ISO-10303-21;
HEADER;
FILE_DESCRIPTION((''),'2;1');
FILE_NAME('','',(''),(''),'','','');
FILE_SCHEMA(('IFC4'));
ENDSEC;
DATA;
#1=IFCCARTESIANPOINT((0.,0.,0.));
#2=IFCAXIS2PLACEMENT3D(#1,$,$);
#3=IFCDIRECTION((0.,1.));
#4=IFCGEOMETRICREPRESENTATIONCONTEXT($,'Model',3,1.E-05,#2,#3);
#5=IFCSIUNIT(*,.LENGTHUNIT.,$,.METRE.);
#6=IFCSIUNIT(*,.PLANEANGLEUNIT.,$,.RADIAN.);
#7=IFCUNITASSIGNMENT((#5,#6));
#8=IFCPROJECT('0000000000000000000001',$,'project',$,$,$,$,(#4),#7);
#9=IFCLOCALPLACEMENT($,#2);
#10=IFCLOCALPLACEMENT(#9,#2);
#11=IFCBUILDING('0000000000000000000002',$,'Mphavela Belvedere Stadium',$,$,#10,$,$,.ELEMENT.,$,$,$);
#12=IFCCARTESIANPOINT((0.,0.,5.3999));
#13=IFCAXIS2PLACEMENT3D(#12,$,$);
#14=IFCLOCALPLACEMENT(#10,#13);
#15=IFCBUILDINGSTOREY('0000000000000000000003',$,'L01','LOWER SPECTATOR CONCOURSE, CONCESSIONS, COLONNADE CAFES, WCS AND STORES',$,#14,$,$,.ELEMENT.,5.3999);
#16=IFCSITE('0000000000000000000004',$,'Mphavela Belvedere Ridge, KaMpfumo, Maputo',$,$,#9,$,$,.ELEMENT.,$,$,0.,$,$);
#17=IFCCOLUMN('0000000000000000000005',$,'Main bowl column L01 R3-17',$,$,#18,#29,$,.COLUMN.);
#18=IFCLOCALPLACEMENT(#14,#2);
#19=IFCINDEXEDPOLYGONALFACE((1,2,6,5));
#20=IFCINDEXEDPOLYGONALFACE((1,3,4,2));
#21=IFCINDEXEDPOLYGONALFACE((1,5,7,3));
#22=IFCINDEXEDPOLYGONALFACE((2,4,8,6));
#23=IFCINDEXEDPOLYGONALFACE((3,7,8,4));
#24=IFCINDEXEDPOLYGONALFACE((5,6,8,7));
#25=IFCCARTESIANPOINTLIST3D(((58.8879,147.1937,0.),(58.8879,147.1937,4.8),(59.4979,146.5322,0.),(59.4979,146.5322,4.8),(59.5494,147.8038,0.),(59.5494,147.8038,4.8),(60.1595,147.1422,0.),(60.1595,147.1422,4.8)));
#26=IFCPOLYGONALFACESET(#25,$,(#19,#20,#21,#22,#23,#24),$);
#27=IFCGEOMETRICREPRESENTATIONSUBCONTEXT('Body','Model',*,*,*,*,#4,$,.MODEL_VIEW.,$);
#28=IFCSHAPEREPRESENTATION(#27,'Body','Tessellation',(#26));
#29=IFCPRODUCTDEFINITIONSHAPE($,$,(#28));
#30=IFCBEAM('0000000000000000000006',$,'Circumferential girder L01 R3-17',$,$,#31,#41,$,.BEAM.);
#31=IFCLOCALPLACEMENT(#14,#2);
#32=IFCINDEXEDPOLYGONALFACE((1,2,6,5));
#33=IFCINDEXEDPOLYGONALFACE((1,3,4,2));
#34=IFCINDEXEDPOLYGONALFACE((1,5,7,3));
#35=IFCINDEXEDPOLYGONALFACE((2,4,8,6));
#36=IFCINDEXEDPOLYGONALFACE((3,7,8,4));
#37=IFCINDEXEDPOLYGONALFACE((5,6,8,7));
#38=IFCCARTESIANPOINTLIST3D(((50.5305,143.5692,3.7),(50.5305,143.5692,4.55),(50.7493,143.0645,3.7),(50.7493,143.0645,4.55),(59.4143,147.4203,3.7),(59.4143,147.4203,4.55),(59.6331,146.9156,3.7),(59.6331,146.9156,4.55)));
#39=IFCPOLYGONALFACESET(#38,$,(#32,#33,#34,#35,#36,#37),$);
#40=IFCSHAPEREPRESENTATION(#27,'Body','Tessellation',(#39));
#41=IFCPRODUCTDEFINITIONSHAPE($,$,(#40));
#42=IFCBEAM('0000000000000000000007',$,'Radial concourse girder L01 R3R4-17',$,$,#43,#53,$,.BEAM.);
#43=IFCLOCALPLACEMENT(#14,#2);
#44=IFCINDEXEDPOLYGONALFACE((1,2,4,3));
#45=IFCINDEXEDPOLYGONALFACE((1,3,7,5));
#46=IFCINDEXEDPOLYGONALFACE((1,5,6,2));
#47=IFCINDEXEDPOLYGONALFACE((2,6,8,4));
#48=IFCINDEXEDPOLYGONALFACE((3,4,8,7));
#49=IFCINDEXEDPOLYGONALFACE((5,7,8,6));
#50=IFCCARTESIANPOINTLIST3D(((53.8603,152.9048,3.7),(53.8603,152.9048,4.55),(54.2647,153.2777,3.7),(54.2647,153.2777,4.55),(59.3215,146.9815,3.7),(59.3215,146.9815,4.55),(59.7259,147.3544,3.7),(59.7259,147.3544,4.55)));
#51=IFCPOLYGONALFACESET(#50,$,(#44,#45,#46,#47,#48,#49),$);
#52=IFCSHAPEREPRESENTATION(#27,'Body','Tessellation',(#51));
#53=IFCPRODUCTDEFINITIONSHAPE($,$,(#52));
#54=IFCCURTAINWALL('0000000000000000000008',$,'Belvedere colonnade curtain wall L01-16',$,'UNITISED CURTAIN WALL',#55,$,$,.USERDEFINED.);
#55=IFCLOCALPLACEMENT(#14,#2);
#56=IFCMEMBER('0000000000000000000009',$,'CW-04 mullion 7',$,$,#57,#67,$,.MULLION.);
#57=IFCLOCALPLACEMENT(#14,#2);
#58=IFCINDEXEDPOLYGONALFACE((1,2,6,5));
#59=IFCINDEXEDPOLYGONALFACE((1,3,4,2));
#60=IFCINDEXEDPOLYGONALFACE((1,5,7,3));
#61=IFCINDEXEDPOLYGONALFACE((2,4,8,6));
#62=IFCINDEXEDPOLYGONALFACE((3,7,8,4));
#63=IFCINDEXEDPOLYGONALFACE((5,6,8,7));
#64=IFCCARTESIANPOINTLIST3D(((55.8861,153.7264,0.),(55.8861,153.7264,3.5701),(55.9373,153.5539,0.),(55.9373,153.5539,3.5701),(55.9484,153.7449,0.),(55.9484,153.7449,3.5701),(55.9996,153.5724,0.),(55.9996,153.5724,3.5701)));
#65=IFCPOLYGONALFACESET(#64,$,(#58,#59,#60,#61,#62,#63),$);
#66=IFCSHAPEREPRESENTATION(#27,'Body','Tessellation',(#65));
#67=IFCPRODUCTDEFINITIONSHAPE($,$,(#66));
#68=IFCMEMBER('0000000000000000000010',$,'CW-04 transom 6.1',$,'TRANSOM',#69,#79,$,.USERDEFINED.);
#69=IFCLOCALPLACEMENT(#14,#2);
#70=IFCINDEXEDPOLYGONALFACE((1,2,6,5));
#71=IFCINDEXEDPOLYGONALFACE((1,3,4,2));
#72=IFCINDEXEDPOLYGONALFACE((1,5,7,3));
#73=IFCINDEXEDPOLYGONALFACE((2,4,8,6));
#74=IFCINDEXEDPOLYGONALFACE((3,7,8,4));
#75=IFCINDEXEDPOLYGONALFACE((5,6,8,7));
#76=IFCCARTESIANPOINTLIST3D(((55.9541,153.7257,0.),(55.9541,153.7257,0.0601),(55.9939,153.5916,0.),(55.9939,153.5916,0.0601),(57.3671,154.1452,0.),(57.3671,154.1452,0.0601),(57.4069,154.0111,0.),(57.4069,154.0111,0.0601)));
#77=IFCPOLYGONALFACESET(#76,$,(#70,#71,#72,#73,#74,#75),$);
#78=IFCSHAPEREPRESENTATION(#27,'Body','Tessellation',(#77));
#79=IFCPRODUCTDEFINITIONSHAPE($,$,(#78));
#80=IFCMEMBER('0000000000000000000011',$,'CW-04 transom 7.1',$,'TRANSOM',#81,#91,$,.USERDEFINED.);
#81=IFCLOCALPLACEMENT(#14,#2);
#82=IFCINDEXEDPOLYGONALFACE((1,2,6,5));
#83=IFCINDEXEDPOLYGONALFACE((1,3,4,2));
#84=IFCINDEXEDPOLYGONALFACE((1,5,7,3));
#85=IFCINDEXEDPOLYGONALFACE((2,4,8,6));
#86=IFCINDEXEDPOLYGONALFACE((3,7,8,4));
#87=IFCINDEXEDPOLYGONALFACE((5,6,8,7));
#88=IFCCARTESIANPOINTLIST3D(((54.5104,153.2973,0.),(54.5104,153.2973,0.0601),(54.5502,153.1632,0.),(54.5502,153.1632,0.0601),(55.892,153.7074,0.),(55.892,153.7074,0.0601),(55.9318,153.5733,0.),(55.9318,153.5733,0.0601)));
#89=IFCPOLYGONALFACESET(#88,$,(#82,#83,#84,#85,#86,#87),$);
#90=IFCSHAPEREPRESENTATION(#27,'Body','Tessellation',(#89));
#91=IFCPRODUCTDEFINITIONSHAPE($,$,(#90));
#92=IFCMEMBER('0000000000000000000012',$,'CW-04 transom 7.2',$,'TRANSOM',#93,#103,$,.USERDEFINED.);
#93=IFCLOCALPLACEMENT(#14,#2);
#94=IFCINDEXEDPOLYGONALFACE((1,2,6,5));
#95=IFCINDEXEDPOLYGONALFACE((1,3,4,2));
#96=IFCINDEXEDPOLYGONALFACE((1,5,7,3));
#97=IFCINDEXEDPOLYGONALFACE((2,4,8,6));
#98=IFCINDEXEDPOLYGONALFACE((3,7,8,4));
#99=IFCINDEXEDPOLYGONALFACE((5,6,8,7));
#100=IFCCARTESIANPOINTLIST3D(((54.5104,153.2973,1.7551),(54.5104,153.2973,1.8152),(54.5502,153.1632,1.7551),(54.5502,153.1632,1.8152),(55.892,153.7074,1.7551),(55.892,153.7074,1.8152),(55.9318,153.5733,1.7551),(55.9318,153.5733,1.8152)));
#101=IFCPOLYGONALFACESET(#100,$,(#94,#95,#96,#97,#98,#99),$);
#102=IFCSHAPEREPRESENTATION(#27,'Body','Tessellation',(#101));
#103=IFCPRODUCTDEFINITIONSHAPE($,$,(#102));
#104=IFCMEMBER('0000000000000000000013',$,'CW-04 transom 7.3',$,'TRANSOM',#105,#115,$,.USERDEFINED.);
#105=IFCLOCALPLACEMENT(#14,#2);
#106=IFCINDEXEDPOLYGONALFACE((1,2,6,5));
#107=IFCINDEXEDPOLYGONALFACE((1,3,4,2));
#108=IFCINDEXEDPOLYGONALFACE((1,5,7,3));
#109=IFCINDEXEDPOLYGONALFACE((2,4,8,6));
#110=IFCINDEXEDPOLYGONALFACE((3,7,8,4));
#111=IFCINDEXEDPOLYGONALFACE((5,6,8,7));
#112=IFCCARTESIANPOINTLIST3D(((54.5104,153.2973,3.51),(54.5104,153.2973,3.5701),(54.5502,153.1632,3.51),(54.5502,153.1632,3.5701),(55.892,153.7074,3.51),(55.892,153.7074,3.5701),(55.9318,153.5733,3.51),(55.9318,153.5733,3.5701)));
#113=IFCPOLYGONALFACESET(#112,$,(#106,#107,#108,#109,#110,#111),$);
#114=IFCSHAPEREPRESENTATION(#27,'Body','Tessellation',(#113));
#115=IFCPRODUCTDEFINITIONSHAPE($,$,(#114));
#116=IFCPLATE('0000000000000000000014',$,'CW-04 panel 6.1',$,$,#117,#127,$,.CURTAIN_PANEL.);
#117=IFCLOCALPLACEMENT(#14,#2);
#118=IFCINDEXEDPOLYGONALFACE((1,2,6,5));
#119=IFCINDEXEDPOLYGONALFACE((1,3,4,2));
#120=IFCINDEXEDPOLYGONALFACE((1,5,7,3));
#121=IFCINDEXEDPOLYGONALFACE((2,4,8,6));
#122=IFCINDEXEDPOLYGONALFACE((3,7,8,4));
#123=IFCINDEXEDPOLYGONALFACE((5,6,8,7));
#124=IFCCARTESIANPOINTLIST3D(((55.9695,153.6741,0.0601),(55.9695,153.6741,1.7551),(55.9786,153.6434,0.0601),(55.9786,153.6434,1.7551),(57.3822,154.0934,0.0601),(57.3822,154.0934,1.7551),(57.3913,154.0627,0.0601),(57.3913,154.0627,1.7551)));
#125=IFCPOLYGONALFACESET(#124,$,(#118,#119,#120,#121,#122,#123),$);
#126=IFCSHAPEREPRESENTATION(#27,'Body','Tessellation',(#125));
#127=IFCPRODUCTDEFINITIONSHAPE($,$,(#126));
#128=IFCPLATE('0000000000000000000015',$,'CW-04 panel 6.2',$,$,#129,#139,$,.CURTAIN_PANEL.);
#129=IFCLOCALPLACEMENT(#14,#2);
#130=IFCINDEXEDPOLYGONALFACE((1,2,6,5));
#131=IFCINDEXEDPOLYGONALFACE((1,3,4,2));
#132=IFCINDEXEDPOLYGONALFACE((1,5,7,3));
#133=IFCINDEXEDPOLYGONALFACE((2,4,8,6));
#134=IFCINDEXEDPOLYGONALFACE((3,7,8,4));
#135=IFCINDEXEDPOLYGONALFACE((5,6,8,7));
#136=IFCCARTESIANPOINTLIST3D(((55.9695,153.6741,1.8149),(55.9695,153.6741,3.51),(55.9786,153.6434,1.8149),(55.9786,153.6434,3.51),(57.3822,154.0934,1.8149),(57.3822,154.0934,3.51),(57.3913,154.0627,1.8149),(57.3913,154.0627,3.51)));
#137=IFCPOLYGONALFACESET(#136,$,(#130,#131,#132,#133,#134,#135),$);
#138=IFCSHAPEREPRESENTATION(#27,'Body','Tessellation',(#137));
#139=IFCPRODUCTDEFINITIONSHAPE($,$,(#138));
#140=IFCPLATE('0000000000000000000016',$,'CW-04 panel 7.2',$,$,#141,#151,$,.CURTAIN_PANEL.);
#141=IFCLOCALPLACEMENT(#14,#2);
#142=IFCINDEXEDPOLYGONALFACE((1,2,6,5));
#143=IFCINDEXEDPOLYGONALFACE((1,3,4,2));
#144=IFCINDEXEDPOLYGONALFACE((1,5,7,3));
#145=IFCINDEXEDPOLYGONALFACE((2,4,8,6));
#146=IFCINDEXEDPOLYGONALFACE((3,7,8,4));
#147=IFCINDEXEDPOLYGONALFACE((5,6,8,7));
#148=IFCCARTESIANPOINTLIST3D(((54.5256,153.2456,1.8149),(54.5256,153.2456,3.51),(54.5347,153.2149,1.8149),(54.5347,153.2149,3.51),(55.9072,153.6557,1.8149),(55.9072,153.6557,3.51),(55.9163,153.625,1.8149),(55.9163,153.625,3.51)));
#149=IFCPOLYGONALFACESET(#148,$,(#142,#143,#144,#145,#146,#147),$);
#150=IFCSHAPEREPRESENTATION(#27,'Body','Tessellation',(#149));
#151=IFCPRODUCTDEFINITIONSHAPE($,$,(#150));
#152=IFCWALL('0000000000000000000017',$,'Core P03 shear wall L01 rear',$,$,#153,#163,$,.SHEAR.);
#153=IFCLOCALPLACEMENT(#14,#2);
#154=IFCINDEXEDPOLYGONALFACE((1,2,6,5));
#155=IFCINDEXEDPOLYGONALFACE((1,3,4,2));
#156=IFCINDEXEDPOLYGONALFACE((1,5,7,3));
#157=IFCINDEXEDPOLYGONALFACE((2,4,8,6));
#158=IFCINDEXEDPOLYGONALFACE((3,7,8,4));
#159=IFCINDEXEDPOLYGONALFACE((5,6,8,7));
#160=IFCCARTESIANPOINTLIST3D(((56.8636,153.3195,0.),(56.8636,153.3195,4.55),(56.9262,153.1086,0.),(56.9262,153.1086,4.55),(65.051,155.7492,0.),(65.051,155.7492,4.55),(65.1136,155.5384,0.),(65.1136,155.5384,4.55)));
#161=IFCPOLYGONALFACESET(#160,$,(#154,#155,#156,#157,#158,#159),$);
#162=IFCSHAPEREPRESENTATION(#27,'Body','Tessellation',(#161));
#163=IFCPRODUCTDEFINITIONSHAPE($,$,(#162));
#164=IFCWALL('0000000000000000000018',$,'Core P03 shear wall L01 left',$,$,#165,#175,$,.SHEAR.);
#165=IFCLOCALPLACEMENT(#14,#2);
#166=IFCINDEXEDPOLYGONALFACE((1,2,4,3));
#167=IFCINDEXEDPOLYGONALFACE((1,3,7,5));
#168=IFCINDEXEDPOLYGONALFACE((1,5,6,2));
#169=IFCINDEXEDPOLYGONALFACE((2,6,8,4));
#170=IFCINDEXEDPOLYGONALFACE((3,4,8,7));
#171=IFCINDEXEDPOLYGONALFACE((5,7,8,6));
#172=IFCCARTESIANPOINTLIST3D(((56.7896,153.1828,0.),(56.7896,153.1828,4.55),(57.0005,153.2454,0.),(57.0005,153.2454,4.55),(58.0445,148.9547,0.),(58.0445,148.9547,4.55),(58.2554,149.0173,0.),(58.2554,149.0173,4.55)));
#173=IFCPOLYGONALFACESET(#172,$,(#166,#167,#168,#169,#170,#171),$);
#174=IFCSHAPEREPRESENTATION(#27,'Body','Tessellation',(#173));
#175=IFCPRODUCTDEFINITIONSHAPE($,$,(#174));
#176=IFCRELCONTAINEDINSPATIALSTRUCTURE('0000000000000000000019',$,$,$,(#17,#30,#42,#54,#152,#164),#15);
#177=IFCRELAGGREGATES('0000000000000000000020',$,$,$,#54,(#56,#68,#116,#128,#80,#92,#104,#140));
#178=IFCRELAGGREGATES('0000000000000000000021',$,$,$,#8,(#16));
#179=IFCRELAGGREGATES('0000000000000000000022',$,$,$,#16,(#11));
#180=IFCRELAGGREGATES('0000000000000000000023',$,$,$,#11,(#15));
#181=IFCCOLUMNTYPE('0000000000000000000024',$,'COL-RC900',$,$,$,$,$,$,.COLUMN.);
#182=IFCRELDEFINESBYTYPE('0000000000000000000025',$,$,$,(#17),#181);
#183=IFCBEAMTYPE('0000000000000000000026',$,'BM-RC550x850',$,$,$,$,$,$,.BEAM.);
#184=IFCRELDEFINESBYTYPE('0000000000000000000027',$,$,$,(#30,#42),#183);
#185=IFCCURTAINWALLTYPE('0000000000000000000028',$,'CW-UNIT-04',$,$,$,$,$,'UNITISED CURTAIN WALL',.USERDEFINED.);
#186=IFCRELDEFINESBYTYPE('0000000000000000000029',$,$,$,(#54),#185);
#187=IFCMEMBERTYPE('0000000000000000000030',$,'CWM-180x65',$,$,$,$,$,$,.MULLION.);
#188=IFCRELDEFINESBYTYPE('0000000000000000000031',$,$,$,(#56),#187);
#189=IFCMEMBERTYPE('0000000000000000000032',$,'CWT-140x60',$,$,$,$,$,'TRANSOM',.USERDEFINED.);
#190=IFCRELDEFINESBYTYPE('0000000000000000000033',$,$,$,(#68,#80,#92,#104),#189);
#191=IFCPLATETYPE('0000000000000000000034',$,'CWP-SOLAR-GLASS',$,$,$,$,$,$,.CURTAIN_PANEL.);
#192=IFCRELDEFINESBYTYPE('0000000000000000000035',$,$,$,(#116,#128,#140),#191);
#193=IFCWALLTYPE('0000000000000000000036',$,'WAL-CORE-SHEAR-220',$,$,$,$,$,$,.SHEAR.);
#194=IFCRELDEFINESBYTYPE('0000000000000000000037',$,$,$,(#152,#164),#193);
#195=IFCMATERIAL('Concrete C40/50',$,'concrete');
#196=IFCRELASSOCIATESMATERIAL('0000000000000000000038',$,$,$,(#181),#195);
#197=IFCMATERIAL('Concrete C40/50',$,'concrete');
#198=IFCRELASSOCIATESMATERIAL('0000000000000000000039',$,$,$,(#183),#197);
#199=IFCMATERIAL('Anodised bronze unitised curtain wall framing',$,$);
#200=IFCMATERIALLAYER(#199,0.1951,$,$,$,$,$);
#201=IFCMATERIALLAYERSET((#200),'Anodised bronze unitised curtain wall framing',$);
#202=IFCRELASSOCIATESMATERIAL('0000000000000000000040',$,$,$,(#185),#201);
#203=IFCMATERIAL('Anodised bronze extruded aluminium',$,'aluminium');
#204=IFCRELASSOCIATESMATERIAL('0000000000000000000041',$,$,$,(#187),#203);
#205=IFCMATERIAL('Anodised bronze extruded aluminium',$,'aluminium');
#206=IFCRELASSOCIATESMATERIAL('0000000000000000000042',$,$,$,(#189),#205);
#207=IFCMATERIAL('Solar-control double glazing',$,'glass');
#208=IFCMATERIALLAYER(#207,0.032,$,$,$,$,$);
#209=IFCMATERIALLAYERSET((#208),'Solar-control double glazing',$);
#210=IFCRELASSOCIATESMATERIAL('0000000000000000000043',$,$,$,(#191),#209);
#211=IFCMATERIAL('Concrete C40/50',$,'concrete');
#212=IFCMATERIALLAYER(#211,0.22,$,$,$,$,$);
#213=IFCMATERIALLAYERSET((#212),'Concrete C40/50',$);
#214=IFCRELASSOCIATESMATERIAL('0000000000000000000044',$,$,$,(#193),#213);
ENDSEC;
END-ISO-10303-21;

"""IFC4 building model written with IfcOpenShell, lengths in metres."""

from ifc_helpers import new_model, si_unit, direction, frame, frame_2d, origin, origin_2d, place, context, subcontext, project, spatial, rectangle, extrude, material, layer, layer_set, material_profile, profile_set, type_object, element, aggregate, save


model = new_model("IFC4")

# Units and contexts
model_context = context("Model", 3, precision=1e-05, world=origin(), true_north=direction((0.0, 1.0)))
body_context = subcontext(model_context, "Body", "Model", "MODEL_VIEW")
ifc_project = project(units=[si_unit("LENGTHUNIT", "METRE"), si_unit("PLANEANGLEUNIT", "RADIAN")], contexts=[model_context])

# Site, building, storey
site_placement = place(None, origin())
site = spatial("IfcSite", under=ifc_project, at=site_placement, Name="Mphavela Belvedere Ridge, KaMpfumo, Maputo", CompositionType="ELEMENT", RefElevation=0.0)
building_placement = place(site_placement, origin())
building = spatial("IfcBuilding", under=site, at=building_placement, Name="Mphavela Belvedere Stadium", CompositionType="ELEMENT")
storey_placement = place(building_placement, frame((0.0, 0.0, 5.3999)))
storey = spatial("IfcBuildingStorey", under=building, at=storey_placement, Name="L01", Description="LOWER SPECTATOR CONCOURSE, CONCESSIONS, COLONNADE CAFES, WCS AND STORES", CompositionType="ELEMENT", Elevation=5.3999)

# Column
ifc_material_1 = material(Name="Concrete C40/50", Category="concrete")
ifc_material_profile_1 = material_profile(ifc_material_1, rectangle(XDim=0.8999, YDim=0.8999, at=origin_2d()), Name="RC 900x900")
ifc_profile_set_1 = profile_set([ifc_material_profile_1], Name="Concrete C40/50")
column_type = type_object("IfcColumnType", Name="COL-RC900", PredefinedType="COLUMN", material=ifc_profile_set_1)
column_placement = place(storey_placement, frame((59.5237, 147.168, 0.0), z_axis=(0.0, 0.0, 1.0), x_axis=(-0.677903, 0.735151, 0.0)))
element("IfcColumn", 1, at=column_placement, inside=storey, type_object=column_type, Name="Main bowl column L01 R3-17", PredefinedType="COLUMN", context=body_context, shape_type="SweptSolid", body=[
    extrude(rectangle(XDim=0.8999, YDim=0.8999, at=origin_2d()), origin(), (0.0, 0.0, 1.0), 4.8),
])

# Beams
ifc_material_2 = material(Name="Concrete C40/50", Category="concrete")
ifc_material_profile_2 = material_profile(ifc_material_2, rectangle(XDim=0.55, YDim=0.8501, at=origin_2d()), Name="RC 550x850")
ifc_profile_set_2 = profile_set([ifc_material_profile_2], Name="Concrete C40/50")
beam_type = type_object("IfcBeamType", Name="BM-RC550x850", PredefinedType="BEAM", material=ifc_profile_set_2)
beam_1_placement = place(storey_placement, frame((59.5237, 147.168, 4.125), z_axis=(-0.917502, -0.397732, 0.0), x_axis=(0.397732, -0.917502, 0.0)))
element("IfcBeam", 2, at=beam_1_placement, inside=storey, type_object=beam_type, Name="Circumferential girder L01 R3-17", PredefinedType="BEAM", context=body_context, shape_type="SweptSolid", body=[
    extrude(rectangle(XDim=0.55, YDim=0.8501, at=origin_2d()), origin(), (0.0, 0.0, 1.0), 9.6826),
])
beam_2_placement = place(storey_placement, frame((59.5237, 147.168, 4.125), z_axis=(-0.677843, 0.735206, 0.0), x_axis=(-0.735206, -0.677843, 0.0)))
element("IfcBeam", 3, at=beam_2_placement, inside=storey, type_object=beam_type, Name="Radial concourse girder L01 R3R4-17", PredefinedType="BEAM", context=body_context, shape_type="SweptSolid", body=[
    extrude(rectangle(XDim=0.55, YDim=0.8501, at=origin_2d()), origin(), (0.0, 0.0, 1.0), 8.0566),
])

# Curtain wall, members, plates
ifc_material_3 = material(Name="Anodised bronze unitised curtain wall framing")
ifc_layer_1 = layer(ifc_material_3, 0.1951)
ifc_layer_set_1 = layer_set([ifc_layer_1], Name="Anodised bronze unitised curtain wall framing")
curtain_wall_type = type_object("IfcCurtainWallType", Name="CW-UNIT-04", ElementType="UNITISED CURTAIN WALL", PredefinedType="USERDEFINED", material=ifc_layer_set_1)
curtain_wall_placement = place(storey_placement, origin())
curtain_wall = element("IfcCurtainWall", 4, at=curtain_wall_placement, inside=storey, type_object=curtain_wall_type, Name="Belvedere colonnade curtain wall L01-16", ObjectType="UNITISED CURTAIN WALL", PredefinedType="USERDEFINED")
ifc_material_4 = material(Name="Anodised bronze extruded aluminium", Category="aluminium")
ifc_material_profile_3 = material_profile(ifc_material_4, rectangle(XDim=0.1799, YDim=0.0649, at=origin_2d()), Name="CW-MUL 180x65")
ifc_profile_set_3 = profile_set([ifc_material_profile_3], Name="Anodised bronze extruded aluminium")
member_type_1 = type_object("IfcMemberType", Name="CWM-180x65", PredefinedType="MULLION", material=ifc_profile_set_3)
member_1_placement = place(storey_placement, frame((55.9429, 153.6494, 0.0), z_axis=(0.0, 0.0, 1.0), x_axis=(0.284551, -0.958661, 0.0)))
member_1 = element("IfcMember", 5, at=member_1_placement, type_object=member_type_1, Name="CW-04 mullion 7", PredefinedType="MULLION", context=body_context, shape_type="SweptSolid", body=[
    extrude(rectangle(XDim=0.1799, YDim=0.0649, at=origin_2d()), origin(), (0.0, 0.0, 1.0), 3.5701),
])
ifc_material_5 = material(Name="Anodised bronze extruded aluminium", Category="aluminium")
ifc_material_profile_4 = material_profile(ifc_material_5, rectangle(XDim=0.1399, YDim=0.0601, at=origin_2d()), Name="CW-TRN 140x60")
ifc_profile_set_4 = profile_set([ifc_material_profile_4], Name="Anodised bronze extruded aluminium")
member_type_2 = type_object("IfcMemberType", Name="CWT-140x60", ElementType="TRANSOM", PredefinedType="USERDEFINED", material=ifc_profile_set_4)
member_2_placement = place(storey_placement, frame((57.387, 154.0781, 0.03), z_axis=(-0.958648, -0.284596, 0.0), x_axis=(0.284596, -0.958648, 0.0)))
member_2 = element("IfcMember", 6, at=member_2_placement, type_object=member_type_2, Name="CW-04 transom 6.1", ObjectType="TRANSOM", PredefinedType="USERDEFINED", context=body_context, shape_type="SweptSolid", body=[
    extrude(rectangle(XDim=0.1399, YDim=0.0601, at=origin_2d()), origin(), (0.0, 0.0, 1.0), 1.4739),
])
member_3_placement = place(storey_placement, frame((55.9119, 153.6404, 0.03), z_axis=(-0.958648, -0.284596, 0.0), x_axis=(0.284596, -0.958648, 0.0)))
member_3 = element("IfcMember", 7, at=member_3_placement, type_object=member_type_2, Name="CW-04 transom 7.1", ObjectType="TRANSOM", PredefinedType="USERDEFINED", context=body_context, shape_type="SweptSolid", body=[
    extrude(rectangle(XDim=0.1399, YDim=0.0601, at=origin_2d()), origin(), (0.0, 0.0, 1.0), 1.4412),
])
member_4_placement = place(storey_placement, frame((55.9119, 153.6404, 1.7852), z_axis=(-0.958648, -0.284596, 0.0), x_axis=(0.284596, -0.958648, 0.0)))
member_4 = element("IfcMember", 8, at=member_4_placement, type_object=member_type_2, Name="CW-04 transom 7.2", ObjectType="TRANSOM", PredefinedType="USERDEFINED", context=body_context, shape_type="SweptSolid", body=[
    extrude(rectangle(XDim=0.1399, YDim=0.0601, at=origin_2d()), origin(), (0.0, 0.0, 1.0), 1.4412),
])
member_5_placement = place(storey_placement, frame((55.9119, 153.6404, 3.54), z_axis=(-0.958648, -0.284596, 0.0), x_axis=(0.284596, -0.958648, 0.0)))
member_5 = element("IfcMember", 9, at=member_5_placement, type_object=member_type_2, Name="CW-04 transom 7.3", ObjectType="TRANSOM", PredefinedType="USERDEFINED", context=body_context, shape_type="SweptSolid", body=[
    extrude(rectangle(XDim=0.1399, YDim=0.0601, at=origin_2d()), origin(), (0.0, 0.0, 1.0), 1.4412),
])
ifc_material_6 = material(Name="Solar-control double glazing", Category="glass")
ifc_layer_2 = layer(ifc_material_6, 0.032)
ifc_layer_set_2 = layer_set([ifc_layer_2], Name="Solar-control double glazing")
plate_type = type_object("IfcPlateType", Name="CWP-SOLAR-GLASS", PredefinedType="CURTAIN_PANEL", material=ifc_layer_set_2)
plate_1_placement = place(storey_placement, frame((56.6804, 153.8684, 0.0601), z_axis=(0.0, 0.0, 1.0), x_axis=(-0.958661, -0.284551, 0.0)))
plate_1 = element("IfcPlate", 10, at=plate_1_placement, type_object=plate_type, Name="CW-04 panel 6.1", PredefinedType="CURTAIN_PANEL", context=body_context, shape_type="SweptSolid", body=[
    extrude(rectangle(XDim=1.4736, YDim=0.032, at=origin_2d()), origin(), (0.0, 0.0, 1.0), 1.6951),
])
plate_2_placement = place(storey_placement, frame((56.6804, 153.8684, 1.8149), z_axis=(0.0, 0.0, 1.0), x_axis=(-0.958661, -0.284551, 0.0)))
plate_2 = element("IfcPlate", 11, at=plate_2_placement, type_object=plate_type, Name="CW-04 panel 6.2", PredefinedType="CURTAIN_PANEL", context=body_context, shape_type="SweptSolid", body=[
    extrude(rectangle(XDim=1.4736, YDim=0.032, at=origin_2d()), origin(), (0.0, 0.0, 1.0), 1.6951),
])
plate_3_placement = place(storey_placement, frame((55.2209, 153.4353, 1.8149), z_axis=(0.0, 0.0, 1.0), x_axis=(-0.958661, -0.284551, 0.0)))
plate_3 = element("IfcPlate", 12, at=plate_3_placement, type_object=plate_type, Name="CW-04 panel 7.2", PredefinedType="CURTAIN_PANEL", context=body_context, shape_type="SweptSolid", body=[
    extrude(rectangle(XDim=1.4412, YDim=0.032, at=origin_2d()), origin(), (0.0, 0.0, 1.0), 1.6951),
])
aggregate(curtain_wall, [member_1, member_2, plate_1, plate_2, member_3, member_4, member_5, plate_3])

# Walls
ifc_material_7 = material(Name="Concrete C40/50", Category="concrete")
ifc_layer_3 = layer(ifc_material_7, 0.22)
ifc_layer_set_3 = layer_set([ifc_layer_3], Name="Concrete C40/50")
wall_type_1 = type_object("IfcWallType", Name="WAL-CORE-SHEAR-220", PredefinedType="SHEAR", material=ifc_layer_set_3)
wall_1_placement = place(storey_placement, frame((56.895, 153.2141, 0.0), z_axis=(0.0, 0.0, 1.0), x_axis=(0.958676, 0.284501, 0.0)))
element("IfcWall", 13, at=wall_1_placement, inside=storey, type_object=wall_type_1, Name="Core P03 shear wall L01 rear", PredefinedType="SHEAR", context=body_context, shape_type="SweptSolid", body=[
    extrude(rectangle(XDim=8.5403, YDim=0.22, at=frame_2d((4.27, 0.0))), origin(), (0.0, 0.0, 1.0), 4.55),
])
wall_2_placement = place(storey_placement, frame((58.1499, 148.9861, 0.0), z_axis=(0.0, 0.0, 1.0), x_axis=(-0.284533, 0.958666, 0.0)))
element("IfcWall", 14, at=wall_2_placement, inside=storey, type_object=wall_type_1, Name="Core P03 shear wall L01 left", PredefinedType="SHEAR", context=body_context, shape_type="SweptSolid", body=[
    extrude(rectangle(XDim=4.4104, YDim=0.22, at=frame_2d((2.2051, 0.0))), origin(), (0.0, 0.0, 1.0), 4.55),
])

save(model, "model.ifc")
